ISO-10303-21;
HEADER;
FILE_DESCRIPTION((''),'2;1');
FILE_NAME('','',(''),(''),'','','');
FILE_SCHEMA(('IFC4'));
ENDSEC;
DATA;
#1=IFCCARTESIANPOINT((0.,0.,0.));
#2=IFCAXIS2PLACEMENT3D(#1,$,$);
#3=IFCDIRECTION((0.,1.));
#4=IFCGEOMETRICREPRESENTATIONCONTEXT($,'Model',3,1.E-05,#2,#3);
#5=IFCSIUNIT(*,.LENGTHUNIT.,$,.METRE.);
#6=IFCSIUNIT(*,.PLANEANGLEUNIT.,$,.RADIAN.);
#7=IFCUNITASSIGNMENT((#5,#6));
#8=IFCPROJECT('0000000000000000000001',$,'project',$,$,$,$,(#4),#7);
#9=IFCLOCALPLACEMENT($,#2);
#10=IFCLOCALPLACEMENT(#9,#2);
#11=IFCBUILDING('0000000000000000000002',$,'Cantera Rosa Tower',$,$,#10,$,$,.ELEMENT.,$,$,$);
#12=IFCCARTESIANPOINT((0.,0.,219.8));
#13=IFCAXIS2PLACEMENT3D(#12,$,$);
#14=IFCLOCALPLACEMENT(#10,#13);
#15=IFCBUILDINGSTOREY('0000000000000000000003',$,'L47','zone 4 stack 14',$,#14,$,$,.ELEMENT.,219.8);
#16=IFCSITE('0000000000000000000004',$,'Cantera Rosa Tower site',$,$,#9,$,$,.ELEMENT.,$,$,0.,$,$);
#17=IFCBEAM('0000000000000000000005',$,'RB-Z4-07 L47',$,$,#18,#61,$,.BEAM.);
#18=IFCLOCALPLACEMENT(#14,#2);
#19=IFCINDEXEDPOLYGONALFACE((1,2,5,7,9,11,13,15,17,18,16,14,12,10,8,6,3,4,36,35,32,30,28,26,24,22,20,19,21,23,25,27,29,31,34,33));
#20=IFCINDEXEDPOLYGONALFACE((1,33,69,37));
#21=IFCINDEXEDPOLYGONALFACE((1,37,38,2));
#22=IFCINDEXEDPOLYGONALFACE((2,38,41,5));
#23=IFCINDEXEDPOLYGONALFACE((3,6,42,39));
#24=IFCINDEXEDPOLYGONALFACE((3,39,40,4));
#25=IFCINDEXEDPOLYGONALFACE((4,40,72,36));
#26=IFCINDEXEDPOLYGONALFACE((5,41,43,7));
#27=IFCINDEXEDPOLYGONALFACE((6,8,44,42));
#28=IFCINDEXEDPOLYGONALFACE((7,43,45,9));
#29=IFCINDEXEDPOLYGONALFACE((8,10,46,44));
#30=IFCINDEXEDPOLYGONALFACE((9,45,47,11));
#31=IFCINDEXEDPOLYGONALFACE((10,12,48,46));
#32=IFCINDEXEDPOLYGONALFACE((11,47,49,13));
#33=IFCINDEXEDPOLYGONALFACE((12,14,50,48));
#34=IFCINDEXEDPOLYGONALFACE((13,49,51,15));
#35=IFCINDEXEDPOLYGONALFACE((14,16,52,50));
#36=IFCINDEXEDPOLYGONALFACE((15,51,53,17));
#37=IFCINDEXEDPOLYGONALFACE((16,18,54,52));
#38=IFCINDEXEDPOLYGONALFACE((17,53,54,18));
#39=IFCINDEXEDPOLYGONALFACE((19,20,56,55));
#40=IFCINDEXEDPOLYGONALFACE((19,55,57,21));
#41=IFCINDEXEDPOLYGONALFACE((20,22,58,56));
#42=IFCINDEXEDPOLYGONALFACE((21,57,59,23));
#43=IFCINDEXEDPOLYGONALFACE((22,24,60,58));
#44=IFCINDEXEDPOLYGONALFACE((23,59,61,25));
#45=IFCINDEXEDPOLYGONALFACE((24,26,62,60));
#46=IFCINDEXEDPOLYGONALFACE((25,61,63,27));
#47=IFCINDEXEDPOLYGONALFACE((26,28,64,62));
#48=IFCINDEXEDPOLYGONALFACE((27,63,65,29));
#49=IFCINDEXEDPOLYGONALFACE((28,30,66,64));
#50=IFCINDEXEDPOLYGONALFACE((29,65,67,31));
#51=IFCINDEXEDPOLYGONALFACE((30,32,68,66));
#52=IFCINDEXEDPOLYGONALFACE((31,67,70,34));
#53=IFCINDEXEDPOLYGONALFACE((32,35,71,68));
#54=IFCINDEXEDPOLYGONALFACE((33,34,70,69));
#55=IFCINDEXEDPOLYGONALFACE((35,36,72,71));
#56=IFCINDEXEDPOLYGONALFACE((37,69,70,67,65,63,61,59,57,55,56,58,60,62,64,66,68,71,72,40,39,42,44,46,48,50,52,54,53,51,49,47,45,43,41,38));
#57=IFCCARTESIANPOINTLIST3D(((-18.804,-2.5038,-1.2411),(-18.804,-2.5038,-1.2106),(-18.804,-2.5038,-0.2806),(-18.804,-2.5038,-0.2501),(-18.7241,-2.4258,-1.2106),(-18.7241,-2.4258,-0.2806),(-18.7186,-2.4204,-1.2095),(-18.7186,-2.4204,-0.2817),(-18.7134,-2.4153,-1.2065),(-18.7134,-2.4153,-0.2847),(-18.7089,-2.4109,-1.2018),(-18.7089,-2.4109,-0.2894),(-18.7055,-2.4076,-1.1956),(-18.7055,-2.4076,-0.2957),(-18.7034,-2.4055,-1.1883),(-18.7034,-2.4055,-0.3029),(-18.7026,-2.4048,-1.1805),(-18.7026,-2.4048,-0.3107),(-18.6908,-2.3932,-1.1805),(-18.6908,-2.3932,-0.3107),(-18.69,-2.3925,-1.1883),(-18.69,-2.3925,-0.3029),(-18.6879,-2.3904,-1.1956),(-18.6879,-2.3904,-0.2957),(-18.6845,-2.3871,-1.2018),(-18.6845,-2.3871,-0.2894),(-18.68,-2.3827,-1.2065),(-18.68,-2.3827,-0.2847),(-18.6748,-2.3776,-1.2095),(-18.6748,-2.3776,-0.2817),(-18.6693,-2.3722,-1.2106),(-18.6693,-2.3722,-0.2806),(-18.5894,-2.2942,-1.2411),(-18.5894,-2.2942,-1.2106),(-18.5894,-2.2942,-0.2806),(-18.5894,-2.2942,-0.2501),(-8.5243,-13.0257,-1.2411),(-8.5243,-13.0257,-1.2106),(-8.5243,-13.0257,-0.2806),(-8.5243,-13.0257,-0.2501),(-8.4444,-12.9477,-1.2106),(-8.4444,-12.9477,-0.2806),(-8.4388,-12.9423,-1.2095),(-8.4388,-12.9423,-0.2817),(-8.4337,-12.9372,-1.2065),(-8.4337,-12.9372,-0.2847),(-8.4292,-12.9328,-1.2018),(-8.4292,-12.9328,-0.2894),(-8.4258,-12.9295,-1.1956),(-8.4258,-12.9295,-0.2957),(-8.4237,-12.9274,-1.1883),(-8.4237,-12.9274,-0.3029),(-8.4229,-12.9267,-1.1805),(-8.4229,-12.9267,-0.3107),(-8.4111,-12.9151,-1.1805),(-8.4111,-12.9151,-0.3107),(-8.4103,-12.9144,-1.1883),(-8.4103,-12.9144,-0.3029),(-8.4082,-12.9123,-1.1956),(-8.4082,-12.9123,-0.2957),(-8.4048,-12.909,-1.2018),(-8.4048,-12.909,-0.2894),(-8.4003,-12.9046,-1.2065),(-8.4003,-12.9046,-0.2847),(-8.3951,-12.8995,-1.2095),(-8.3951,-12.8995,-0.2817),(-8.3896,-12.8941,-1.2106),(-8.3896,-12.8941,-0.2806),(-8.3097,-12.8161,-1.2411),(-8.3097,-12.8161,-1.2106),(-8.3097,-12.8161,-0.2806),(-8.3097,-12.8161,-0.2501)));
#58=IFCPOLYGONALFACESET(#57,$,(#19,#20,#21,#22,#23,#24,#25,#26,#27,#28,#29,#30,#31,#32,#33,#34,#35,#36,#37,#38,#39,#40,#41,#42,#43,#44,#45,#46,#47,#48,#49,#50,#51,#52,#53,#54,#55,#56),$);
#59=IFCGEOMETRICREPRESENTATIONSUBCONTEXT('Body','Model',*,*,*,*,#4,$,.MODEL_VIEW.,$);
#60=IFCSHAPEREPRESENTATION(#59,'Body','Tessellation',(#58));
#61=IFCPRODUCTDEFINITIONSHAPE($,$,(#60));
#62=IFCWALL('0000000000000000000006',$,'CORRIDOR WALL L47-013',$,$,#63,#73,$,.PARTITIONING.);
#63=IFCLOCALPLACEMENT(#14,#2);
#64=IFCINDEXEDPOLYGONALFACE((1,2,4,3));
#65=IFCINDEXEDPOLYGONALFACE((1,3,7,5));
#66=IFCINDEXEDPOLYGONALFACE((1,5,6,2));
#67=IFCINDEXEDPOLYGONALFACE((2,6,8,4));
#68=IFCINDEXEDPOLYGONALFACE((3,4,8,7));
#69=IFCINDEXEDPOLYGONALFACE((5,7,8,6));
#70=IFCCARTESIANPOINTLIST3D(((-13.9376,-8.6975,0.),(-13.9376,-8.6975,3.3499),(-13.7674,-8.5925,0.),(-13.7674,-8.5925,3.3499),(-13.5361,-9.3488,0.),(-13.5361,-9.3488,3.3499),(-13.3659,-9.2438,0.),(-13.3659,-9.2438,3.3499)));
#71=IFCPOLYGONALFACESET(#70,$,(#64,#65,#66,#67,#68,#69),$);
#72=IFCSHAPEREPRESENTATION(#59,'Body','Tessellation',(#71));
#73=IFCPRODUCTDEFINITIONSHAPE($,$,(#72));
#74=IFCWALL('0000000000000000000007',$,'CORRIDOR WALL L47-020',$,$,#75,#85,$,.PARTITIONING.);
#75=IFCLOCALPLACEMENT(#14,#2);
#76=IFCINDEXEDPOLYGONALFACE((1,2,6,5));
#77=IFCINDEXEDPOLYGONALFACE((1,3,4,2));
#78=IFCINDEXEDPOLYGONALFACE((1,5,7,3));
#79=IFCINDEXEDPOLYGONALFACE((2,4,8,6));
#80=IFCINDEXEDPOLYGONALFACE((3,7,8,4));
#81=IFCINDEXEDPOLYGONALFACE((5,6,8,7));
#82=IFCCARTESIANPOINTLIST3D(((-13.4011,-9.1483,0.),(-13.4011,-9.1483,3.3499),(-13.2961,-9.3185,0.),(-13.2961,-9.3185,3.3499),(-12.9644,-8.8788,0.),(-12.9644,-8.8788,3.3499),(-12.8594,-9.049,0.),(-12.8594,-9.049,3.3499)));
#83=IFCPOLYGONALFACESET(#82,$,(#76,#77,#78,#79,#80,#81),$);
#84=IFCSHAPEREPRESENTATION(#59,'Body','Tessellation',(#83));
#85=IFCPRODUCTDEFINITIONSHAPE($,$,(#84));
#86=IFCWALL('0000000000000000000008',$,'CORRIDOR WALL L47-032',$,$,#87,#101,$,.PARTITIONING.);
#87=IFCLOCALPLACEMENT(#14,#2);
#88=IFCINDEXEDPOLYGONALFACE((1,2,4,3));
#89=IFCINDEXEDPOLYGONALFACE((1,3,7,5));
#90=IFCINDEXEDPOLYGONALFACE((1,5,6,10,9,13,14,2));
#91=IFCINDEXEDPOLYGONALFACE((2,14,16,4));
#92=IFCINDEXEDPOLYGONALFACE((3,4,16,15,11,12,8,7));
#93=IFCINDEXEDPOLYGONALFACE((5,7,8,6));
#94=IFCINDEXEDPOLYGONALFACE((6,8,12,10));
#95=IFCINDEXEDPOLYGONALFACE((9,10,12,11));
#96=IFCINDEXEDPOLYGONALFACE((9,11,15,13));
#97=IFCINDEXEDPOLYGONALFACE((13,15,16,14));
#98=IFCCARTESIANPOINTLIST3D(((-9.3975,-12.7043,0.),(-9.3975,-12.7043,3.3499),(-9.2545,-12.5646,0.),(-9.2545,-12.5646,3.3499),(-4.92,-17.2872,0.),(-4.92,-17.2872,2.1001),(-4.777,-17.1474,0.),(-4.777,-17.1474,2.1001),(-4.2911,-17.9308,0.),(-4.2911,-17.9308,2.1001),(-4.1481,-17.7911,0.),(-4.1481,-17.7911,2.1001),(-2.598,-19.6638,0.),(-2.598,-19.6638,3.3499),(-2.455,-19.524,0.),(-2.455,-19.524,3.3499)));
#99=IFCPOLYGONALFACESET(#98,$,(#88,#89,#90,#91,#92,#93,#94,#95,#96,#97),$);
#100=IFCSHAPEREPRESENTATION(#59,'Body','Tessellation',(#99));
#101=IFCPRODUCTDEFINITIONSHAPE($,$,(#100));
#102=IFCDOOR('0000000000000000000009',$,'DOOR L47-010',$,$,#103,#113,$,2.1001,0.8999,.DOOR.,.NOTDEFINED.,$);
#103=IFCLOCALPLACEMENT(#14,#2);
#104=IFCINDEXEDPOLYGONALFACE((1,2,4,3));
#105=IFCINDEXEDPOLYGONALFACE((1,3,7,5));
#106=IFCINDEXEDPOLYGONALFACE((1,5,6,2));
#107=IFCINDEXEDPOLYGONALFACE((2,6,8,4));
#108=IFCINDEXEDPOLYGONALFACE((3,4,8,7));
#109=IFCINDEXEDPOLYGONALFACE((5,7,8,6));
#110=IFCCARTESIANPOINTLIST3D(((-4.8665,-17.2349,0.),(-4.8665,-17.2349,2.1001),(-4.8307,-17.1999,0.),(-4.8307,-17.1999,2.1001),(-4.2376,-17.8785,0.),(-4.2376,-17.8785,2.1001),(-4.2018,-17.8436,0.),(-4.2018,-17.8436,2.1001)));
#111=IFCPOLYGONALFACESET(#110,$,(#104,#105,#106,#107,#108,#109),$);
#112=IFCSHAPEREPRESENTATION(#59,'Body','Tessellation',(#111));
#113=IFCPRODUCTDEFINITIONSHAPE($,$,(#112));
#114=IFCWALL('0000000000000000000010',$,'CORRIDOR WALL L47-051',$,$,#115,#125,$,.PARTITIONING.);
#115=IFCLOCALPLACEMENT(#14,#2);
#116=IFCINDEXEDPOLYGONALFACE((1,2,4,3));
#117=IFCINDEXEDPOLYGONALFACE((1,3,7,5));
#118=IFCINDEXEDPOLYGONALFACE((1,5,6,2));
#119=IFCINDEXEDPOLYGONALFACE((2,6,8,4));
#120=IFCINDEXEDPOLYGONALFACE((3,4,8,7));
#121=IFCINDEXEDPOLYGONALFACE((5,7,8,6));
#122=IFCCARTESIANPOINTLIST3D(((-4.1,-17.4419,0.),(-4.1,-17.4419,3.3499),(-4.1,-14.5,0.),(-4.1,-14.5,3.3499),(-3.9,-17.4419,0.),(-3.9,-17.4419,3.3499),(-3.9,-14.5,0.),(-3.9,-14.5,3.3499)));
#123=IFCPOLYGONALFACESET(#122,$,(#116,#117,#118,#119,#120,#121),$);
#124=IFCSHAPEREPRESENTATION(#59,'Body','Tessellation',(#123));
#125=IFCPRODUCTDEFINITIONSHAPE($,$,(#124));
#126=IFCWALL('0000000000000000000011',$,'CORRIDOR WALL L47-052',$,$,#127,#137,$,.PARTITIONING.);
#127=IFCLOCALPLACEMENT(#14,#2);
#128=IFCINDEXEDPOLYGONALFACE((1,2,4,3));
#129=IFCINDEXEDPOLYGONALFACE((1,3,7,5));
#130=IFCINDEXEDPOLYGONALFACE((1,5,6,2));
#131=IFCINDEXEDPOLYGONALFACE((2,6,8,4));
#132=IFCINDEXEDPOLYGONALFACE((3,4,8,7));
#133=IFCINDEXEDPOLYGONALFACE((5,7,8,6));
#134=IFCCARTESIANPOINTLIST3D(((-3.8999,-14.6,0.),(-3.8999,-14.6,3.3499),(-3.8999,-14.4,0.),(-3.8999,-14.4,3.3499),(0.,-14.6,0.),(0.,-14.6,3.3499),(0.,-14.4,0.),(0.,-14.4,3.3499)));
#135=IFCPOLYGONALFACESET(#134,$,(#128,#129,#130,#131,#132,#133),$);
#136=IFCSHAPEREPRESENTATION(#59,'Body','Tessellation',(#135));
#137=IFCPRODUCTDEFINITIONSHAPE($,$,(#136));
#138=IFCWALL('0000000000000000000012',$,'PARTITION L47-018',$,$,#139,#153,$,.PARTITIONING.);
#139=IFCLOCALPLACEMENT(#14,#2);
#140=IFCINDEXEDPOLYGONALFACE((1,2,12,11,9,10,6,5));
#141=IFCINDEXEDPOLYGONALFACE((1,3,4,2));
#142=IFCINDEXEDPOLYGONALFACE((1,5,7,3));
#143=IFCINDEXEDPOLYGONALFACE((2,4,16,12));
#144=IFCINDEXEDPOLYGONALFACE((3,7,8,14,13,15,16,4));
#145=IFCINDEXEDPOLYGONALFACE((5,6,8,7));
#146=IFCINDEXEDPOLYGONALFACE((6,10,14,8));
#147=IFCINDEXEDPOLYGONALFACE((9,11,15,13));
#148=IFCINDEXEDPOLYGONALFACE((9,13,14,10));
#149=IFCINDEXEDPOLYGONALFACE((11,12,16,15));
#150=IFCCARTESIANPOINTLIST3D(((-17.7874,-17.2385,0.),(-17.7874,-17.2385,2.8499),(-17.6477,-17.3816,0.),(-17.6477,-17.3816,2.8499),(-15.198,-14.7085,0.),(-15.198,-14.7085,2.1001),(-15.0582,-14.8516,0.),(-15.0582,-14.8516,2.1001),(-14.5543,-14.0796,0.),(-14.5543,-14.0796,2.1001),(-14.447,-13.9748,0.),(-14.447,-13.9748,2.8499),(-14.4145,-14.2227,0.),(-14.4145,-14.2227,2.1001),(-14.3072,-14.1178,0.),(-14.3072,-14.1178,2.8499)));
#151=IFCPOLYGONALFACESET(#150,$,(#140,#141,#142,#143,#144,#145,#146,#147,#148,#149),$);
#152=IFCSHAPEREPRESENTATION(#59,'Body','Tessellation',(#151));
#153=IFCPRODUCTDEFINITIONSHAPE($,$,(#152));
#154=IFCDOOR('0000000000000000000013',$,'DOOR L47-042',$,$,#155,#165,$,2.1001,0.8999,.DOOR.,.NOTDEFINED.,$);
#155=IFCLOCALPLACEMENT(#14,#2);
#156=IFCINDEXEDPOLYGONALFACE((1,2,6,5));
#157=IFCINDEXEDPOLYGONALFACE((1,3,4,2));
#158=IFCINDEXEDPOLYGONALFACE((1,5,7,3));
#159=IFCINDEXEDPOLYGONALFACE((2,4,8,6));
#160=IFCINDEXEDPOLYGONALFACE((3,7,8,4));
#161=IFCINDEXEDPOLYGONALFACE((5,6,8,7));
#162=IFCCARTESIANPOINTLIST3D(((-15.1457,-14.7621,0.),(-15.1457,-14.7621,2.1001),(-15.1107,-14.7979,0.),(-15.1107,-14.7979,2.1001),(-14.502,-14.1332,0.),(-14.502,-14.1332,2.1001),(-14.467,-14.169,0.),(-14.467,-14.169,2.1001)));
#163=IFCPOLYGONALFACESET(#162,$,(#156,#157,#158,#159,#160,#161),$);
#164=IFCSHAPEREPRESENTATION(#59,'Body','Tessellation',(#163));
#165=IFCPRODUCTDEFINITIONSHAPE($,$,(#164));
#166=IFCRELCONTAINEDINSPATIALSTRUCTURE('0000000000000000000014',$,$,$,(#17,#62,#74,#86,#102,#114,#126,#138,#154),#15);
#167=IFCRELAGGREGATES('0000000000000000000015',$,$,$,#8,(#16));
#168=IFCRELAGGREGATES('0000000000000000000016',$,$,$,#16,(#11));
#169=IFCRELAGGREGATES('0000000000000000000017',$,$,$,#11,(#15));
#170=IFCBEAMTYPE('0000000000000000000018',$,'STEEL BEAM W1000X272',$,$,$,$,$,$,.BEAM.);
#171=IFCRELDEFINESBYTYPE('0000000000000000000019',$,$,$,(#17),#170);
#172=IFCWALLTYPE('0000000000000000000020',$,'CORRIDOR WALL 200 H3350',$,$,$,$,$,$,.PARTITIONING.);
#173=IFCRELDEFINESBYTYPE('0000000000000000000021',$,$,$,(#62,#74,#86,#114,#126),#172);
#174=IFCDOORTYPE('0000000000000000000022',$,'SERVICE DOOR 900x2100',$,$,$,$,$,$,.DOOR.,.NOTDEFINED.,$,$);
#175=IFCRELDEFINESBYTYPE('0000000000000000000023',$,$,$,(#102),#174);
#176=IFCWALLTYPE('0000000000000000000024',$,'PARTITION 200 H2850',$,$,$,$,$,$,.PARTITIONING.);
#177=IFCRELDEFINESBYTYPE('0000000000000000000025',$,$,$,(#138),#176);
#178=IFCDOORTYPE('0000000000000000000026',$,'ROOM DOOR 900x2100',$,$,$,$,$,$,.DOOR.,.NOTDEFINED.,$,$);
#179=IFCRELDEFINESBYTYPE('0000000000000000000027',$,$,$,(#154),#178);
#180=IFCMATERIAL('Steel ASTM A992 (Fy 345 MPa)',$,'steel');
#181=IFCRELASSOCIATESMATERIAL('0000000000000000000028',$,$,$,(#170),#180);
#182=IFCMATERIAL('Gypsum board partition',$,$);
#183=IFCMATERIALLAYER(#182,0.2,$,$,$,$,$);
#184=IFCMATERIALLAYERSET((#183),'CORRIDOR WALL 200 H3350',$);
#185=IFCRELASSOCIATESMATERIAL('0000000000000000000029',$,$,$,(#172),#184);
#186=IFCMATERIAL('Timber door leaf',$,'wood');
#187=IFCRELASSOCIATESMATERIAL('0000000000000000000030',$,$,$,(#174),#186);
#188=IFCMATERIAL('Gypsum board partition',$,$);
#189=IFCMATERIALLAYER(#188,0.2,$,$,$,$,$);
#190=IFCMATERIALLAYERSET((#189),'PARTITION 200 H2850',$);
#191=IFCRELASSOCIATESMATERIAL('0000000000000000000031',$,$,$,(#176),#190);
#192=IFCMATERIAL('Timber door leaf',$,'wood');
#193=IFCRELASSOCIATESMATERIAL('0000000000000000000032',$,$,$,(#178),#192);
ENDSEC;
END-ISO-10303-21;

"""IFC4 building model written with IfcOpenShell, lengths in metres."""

from ifc_helpers import new_model, si_unit, direction, frame, frame_2d, origin, origin_2d, place, context, subcontext, project, spatial, rectangle, i_section, extrude, material, layer, layer_set, material_profile, profile_set, type_object, element, fill, save


model = new_model("IFC4")

# Units and contexts
model_context = context("Model", 3, precision=1e-05, world=origin(), true_north=direction((0.0, 1.0)))
body_context = subcontext(model_context, "Body", "Model", "MODEL_VIEW")
ifc_project = project(units=[si_unit("LENGTHUNIT", "METRE"), si_unit("PLANEANGLEUNIT", "RADIAN")], contexts=[model_context])

# Site, building, storey
site_placement = place(None, origin())
site = spatial("IfcSite", under=ifc_project, at=site_placement, Name="Cantera Rosa Tower site", CompositionType="ELEMENT", RefElevation=0.0)
building_placement = place(site_placement, origin())
building = spatial("IfcBuilding", under=site, at=building_placement, Name="Cantera Rosa Tower", CompositionType="ELEMENT")
storey_placement = place(building_placement, frame((0.0, 0.0, 219.8)))
storey = spatial("IfcBuildingStorey", under=building, at=storey_placement, Name="L47", Description="zone 4 stack 14", CompositionType="ELEMENT", Elevation=219.8)

# Beam
ifc_material_1 = material(Name="Steel ASTM A992 (Fy 345 MPa)", Category="steel")
ifc_material_profile = material_profile(ifc_material_1, i_section(OverallWidth=0.3, OverallDepth=0.991, WebThickness=0.0166, FlangeThickness=0.0305, FilletRadius=0.03, at=origin_2d()), Name="W1000X272")
ifc_profile_set = profile_set([ifc_material_profile], Name="Steel ASTM A992 (Fy 345 MPa)")
beam_type = type_object("IfcBeamType", Name="STEEL BEAM W1000X272", PredefinedType="BEAM", material=ifc_profile_set)
beam_placement = place(storey_placement, frame((-8.417, -12.9209, -0.7456), z_axis=(-0.698827, 0.715291, 0.0), x_axis=(-0.715291, -0.698827, 0.0)))
element("IfcBeam", 1, at=beam_placement, inside=storey, type_object=beam_type, Name="RB-Z4-07 L47", PredefinedType="BEAM", context=body_context, shape_type="SweptSolid", body=[
    extrude(i_section(OverallWidth=0.3, OverallDepth=0.991, WebThickness=0.0166, FlangeThickness=0.0305, FilletRadius=0.03, at=origin_2d()), origin(), (0.0, 0.0, 1.0), 14.71),
])

# Walls
ifc_material_2 = material(Name="Gypsum board partition")
ifc_layer_1 = layer(ifc_material_2, 0.2)
ifc_layer_set_1 = layer_set([ifc_layer_1], Name="CORRIDOR WALL 200 H3350")
wall_type_1 = type_object("IfcWallType", Name="CORRIDOR WALL 200 H3350", PredefinedType="PARTITIONING", material=ifc_layer_set_1)
wall_1_placement = place(storey_placement, frame((-13.8525, -8.645, 0.0), z_axis=(0.0, 0.0, 1.0), x_axis=(0.524827, -0.851209, 0.0)))
element("IfcWall", 2, at=wall_1_placement, inside=storey, type_object=wall_type_1, Name="CORRIDOR WALL L47-013", PredefinedType="PARTITIONING", context=body_context, shape_type="SweptSolid", body=[
    extrude(rectangle(XDim=0.7651, YDim=0.2, at=frame_2d((0.3826, 0.0))), origin(), (0.0, 0.0, 1.0), 3.3499),
])
wall_2_placement = place(storey_placement, frame((-13.3486, -9.2334, 0.0), z_axis=(0.0, 0.0, 1.0), x_axis=(0.851004, 0.525159, 0.0)))
element("IfcWall", 3, at=wall_2_placement, inside=storey, type_object=wall_type_1, Name="CORRIDOR WALL L47-020", PredefinedType="PARTITIONING", context=body_context, shape_type="SweptSolid", body=[
    extrude(rectangle(XDim=0.5132, YDim=0.2, at=frame_2d((0.2566, 0.0))), origin(), (0.0, 0.0, 1.0), 3.3499),
])

# Wall, opening, door
wall_3_placement = place(storey_placement, frame((-9.3259, -12.6345, 0.0), z_axis=(0.0, 0.0, 1.0), x_axis=(0.698841, -0.715277, 0.0)))
wall_3 = element("IfcWall", 4, at=wall_3_placement, inside=storey, type_object=wall_type_1, Name="CORRIDOR WALL L47-032", PredefinedType="PARTITIONING", context=body_context, shape_type="SweptSolid", body=[
    extrude(rectangle(XDim=9.7297, YDim=0.2, at=frame_2d((4.8647, 0.0))), origin(), (0.0, 0.0, 1.0), 3.3499),
])
opening_1_placement = place(wall_3_placement, frame((6.407, 0.0, 0.0)))
opening_1 = element("IfcOpeningElement", 5, at=opening_1_placement, cuts=wall_3, PredefinedType="OPENING", context=body_context, shape_type="SweptSolid", body=[
    extrude(rectangle(XDim=0.8999, YDim=2.1001, at=frame_2d((0.45, 1.05))), frame((0.0, 0.1099, 0.0), z_axis=(0.0, -1.0, 0.0), x_axis=(1.0, 0.0, 0.0)), (0.0, 0.0, 1.0), 0.22),
])
ifc_material_3 = material(Name="Timber door leaf", Category="wood")
door_type_1 = type_object("IfcDoorType", Name="SERVICE DOOR 900x2100", OperationType="NOTDEFINED", PredefinedType="DOOR", material=ifc_material_3)
door_1_placement = place(opening_1_placement, origin())
door_1 = element("IfcDoor", 6, at=door_1_placement, inside=storey, type_object=door_type_1, Name="DOOR L47-010", OperationType="NOTDEFINED", OverallHeight=2.1001, OverallWidth=0.8999, PredefinedType="DOOR", context=body_context, shape_type="SweptSolid", body=[
    extrude(rectangle(XDim=0.8999, YDim=2.1001, at=frame_2d((0.45, 1.05))), frame((0.0, 0.0249, 0.0), z_axis=(0.0, -1.0, 0.0), x_axis=(1.0, 0.0, 0.0)), (0.0, 0.0, 1.0), 0.05),
])
fill(opening_1, door_1)

# Walls
wall_4_placement = place(storey_placement, frame((-4.0, -14.5, 0.0), z_axis=(0.0, 0.0, 1.0), x_axis=(0.0, -1.0, 0.0)))
element("IfcWall", 7, at=wall_4_placement, inside=storey, type_object=wall_type_1, Name="CORRIDOR WALL L47-051", PredefinedType="PARTITIONING", context=body_context, shape_type="SweptSolid", body=[
    extrude(rectangle(XDim=2.9419, YDim=0.2, at=frame_2d((1.4709, 0.0))), origin(), (0.0, 0.0, 1.0), 3.3499),
])
wall_5_placement = place(storey_placement, frame((-3.8999, -14.5, 0.0), z_axis=(0.0, 0.0, 1.0), x_axis=(1.0, 0.0, 0.0)))
element("IfcWall", 8, at=wall_5_placement, inside=storey, type_object=wall_type_1, Name="CORRIDOR WALL L47-052", PredefinedType="PARTITIONING", context=body_context, shape_type="SweptSolid", body=[
    extrude(rectangle(XDim=3.8999, YDim=0.2, at=frame_2d((1.95, 0.0))), origin(), (0.0, 0.0, 1.0), 3.3499),
])

# Wall, opening, door
ifc_material_4 = material(Name="Gypsum board partition")
ifc_layer_2 = layer(ifc_material_4, 0.2)
ifc_layer_set_2 = layer_set([ifc_layer_2], Name="PARTITION 200 H2850")
wall_type_2 = type_object("IfcWallType", Name="PARTITION 200 H2850", PredefinedType="PARTITIONING", material=ifc_layer_set_2)
wall_6_placement = place(storey_placement, frame((-14.3772, -14.0464, 0.0), z_axis=(0.0, 0.0, 1.0), x_axis=(-0.715267, -0.698852, 0.0)))
wall_6 = element("IfcWall", 9, at=wall_6_placement, inside=storey, type_object=wall_type_2, Name="PARTITION L47-018", PredefinedType="PARTITIONING", context=body_context, shape_type="SweptSolid", body=[
    extrude(rectangle(XDim=4.6702, YDim=0.2, at=frame_2d((2.335, 0.0))), origin(), (0.0, 0.0, 1.0), 2.8499),
])
opening_2_placement = place(wall_6_placement, frame((0.1499, 0.0, 0.0)))
opening_2 = element("IfcOpeningElement", 10, at=opening_2_placement, cuts=wall_6, PredefinedType="OPENING", context=body_context, shape_type="SweptSolid", body=[
    extrude(rectangle(XDim=0.8999, YDim=2.1001, at=frame_2d((0.45, 1.05))), frame((0.0, 0.1099, 0.0), z_axis=(0.0, -1.0, 0.0), x_axis=(1.0, 0.0, 0.0)), (0.0, 0.0, 1.0), 0.22),
])
ifc_material_5 = material(Name="Timber door leaf", Category="wood")
door_type_2 = type_object("IfcDoorType", Name="ROOM DOOR 900x2100", OperationType="NOTDEFINED", PredefinedType="DOOR", material=ifc_material_5)
door_2_placement = place(opening_2_placement, origin())
door_2 = element("IfcDoor", 11, at=door_2_placement, inside=storey, type_object=door_type_2, Name="DOOR L47-042", OperationType="NOTDEFINED", OverallHeight=2.1001, OverallWidth=0.8999, PredefinedType="DOOR", context=body_context, shape_type="SweptSolid", body=[
    extrude(rectangle(XDim=0.8999, YDim=2.1001, at=frame_2d((0.45, 1.05))), frame((0.0, 0.0249, 0.0), z_axis=(0.0, -1.0, 0.0), x_axis=(1.0, 0.0, 0.0)), (0.0, 0.0, 1.0), 0.05),
])
fill(opening_2, door_2)

save(model, "model.ifc")
